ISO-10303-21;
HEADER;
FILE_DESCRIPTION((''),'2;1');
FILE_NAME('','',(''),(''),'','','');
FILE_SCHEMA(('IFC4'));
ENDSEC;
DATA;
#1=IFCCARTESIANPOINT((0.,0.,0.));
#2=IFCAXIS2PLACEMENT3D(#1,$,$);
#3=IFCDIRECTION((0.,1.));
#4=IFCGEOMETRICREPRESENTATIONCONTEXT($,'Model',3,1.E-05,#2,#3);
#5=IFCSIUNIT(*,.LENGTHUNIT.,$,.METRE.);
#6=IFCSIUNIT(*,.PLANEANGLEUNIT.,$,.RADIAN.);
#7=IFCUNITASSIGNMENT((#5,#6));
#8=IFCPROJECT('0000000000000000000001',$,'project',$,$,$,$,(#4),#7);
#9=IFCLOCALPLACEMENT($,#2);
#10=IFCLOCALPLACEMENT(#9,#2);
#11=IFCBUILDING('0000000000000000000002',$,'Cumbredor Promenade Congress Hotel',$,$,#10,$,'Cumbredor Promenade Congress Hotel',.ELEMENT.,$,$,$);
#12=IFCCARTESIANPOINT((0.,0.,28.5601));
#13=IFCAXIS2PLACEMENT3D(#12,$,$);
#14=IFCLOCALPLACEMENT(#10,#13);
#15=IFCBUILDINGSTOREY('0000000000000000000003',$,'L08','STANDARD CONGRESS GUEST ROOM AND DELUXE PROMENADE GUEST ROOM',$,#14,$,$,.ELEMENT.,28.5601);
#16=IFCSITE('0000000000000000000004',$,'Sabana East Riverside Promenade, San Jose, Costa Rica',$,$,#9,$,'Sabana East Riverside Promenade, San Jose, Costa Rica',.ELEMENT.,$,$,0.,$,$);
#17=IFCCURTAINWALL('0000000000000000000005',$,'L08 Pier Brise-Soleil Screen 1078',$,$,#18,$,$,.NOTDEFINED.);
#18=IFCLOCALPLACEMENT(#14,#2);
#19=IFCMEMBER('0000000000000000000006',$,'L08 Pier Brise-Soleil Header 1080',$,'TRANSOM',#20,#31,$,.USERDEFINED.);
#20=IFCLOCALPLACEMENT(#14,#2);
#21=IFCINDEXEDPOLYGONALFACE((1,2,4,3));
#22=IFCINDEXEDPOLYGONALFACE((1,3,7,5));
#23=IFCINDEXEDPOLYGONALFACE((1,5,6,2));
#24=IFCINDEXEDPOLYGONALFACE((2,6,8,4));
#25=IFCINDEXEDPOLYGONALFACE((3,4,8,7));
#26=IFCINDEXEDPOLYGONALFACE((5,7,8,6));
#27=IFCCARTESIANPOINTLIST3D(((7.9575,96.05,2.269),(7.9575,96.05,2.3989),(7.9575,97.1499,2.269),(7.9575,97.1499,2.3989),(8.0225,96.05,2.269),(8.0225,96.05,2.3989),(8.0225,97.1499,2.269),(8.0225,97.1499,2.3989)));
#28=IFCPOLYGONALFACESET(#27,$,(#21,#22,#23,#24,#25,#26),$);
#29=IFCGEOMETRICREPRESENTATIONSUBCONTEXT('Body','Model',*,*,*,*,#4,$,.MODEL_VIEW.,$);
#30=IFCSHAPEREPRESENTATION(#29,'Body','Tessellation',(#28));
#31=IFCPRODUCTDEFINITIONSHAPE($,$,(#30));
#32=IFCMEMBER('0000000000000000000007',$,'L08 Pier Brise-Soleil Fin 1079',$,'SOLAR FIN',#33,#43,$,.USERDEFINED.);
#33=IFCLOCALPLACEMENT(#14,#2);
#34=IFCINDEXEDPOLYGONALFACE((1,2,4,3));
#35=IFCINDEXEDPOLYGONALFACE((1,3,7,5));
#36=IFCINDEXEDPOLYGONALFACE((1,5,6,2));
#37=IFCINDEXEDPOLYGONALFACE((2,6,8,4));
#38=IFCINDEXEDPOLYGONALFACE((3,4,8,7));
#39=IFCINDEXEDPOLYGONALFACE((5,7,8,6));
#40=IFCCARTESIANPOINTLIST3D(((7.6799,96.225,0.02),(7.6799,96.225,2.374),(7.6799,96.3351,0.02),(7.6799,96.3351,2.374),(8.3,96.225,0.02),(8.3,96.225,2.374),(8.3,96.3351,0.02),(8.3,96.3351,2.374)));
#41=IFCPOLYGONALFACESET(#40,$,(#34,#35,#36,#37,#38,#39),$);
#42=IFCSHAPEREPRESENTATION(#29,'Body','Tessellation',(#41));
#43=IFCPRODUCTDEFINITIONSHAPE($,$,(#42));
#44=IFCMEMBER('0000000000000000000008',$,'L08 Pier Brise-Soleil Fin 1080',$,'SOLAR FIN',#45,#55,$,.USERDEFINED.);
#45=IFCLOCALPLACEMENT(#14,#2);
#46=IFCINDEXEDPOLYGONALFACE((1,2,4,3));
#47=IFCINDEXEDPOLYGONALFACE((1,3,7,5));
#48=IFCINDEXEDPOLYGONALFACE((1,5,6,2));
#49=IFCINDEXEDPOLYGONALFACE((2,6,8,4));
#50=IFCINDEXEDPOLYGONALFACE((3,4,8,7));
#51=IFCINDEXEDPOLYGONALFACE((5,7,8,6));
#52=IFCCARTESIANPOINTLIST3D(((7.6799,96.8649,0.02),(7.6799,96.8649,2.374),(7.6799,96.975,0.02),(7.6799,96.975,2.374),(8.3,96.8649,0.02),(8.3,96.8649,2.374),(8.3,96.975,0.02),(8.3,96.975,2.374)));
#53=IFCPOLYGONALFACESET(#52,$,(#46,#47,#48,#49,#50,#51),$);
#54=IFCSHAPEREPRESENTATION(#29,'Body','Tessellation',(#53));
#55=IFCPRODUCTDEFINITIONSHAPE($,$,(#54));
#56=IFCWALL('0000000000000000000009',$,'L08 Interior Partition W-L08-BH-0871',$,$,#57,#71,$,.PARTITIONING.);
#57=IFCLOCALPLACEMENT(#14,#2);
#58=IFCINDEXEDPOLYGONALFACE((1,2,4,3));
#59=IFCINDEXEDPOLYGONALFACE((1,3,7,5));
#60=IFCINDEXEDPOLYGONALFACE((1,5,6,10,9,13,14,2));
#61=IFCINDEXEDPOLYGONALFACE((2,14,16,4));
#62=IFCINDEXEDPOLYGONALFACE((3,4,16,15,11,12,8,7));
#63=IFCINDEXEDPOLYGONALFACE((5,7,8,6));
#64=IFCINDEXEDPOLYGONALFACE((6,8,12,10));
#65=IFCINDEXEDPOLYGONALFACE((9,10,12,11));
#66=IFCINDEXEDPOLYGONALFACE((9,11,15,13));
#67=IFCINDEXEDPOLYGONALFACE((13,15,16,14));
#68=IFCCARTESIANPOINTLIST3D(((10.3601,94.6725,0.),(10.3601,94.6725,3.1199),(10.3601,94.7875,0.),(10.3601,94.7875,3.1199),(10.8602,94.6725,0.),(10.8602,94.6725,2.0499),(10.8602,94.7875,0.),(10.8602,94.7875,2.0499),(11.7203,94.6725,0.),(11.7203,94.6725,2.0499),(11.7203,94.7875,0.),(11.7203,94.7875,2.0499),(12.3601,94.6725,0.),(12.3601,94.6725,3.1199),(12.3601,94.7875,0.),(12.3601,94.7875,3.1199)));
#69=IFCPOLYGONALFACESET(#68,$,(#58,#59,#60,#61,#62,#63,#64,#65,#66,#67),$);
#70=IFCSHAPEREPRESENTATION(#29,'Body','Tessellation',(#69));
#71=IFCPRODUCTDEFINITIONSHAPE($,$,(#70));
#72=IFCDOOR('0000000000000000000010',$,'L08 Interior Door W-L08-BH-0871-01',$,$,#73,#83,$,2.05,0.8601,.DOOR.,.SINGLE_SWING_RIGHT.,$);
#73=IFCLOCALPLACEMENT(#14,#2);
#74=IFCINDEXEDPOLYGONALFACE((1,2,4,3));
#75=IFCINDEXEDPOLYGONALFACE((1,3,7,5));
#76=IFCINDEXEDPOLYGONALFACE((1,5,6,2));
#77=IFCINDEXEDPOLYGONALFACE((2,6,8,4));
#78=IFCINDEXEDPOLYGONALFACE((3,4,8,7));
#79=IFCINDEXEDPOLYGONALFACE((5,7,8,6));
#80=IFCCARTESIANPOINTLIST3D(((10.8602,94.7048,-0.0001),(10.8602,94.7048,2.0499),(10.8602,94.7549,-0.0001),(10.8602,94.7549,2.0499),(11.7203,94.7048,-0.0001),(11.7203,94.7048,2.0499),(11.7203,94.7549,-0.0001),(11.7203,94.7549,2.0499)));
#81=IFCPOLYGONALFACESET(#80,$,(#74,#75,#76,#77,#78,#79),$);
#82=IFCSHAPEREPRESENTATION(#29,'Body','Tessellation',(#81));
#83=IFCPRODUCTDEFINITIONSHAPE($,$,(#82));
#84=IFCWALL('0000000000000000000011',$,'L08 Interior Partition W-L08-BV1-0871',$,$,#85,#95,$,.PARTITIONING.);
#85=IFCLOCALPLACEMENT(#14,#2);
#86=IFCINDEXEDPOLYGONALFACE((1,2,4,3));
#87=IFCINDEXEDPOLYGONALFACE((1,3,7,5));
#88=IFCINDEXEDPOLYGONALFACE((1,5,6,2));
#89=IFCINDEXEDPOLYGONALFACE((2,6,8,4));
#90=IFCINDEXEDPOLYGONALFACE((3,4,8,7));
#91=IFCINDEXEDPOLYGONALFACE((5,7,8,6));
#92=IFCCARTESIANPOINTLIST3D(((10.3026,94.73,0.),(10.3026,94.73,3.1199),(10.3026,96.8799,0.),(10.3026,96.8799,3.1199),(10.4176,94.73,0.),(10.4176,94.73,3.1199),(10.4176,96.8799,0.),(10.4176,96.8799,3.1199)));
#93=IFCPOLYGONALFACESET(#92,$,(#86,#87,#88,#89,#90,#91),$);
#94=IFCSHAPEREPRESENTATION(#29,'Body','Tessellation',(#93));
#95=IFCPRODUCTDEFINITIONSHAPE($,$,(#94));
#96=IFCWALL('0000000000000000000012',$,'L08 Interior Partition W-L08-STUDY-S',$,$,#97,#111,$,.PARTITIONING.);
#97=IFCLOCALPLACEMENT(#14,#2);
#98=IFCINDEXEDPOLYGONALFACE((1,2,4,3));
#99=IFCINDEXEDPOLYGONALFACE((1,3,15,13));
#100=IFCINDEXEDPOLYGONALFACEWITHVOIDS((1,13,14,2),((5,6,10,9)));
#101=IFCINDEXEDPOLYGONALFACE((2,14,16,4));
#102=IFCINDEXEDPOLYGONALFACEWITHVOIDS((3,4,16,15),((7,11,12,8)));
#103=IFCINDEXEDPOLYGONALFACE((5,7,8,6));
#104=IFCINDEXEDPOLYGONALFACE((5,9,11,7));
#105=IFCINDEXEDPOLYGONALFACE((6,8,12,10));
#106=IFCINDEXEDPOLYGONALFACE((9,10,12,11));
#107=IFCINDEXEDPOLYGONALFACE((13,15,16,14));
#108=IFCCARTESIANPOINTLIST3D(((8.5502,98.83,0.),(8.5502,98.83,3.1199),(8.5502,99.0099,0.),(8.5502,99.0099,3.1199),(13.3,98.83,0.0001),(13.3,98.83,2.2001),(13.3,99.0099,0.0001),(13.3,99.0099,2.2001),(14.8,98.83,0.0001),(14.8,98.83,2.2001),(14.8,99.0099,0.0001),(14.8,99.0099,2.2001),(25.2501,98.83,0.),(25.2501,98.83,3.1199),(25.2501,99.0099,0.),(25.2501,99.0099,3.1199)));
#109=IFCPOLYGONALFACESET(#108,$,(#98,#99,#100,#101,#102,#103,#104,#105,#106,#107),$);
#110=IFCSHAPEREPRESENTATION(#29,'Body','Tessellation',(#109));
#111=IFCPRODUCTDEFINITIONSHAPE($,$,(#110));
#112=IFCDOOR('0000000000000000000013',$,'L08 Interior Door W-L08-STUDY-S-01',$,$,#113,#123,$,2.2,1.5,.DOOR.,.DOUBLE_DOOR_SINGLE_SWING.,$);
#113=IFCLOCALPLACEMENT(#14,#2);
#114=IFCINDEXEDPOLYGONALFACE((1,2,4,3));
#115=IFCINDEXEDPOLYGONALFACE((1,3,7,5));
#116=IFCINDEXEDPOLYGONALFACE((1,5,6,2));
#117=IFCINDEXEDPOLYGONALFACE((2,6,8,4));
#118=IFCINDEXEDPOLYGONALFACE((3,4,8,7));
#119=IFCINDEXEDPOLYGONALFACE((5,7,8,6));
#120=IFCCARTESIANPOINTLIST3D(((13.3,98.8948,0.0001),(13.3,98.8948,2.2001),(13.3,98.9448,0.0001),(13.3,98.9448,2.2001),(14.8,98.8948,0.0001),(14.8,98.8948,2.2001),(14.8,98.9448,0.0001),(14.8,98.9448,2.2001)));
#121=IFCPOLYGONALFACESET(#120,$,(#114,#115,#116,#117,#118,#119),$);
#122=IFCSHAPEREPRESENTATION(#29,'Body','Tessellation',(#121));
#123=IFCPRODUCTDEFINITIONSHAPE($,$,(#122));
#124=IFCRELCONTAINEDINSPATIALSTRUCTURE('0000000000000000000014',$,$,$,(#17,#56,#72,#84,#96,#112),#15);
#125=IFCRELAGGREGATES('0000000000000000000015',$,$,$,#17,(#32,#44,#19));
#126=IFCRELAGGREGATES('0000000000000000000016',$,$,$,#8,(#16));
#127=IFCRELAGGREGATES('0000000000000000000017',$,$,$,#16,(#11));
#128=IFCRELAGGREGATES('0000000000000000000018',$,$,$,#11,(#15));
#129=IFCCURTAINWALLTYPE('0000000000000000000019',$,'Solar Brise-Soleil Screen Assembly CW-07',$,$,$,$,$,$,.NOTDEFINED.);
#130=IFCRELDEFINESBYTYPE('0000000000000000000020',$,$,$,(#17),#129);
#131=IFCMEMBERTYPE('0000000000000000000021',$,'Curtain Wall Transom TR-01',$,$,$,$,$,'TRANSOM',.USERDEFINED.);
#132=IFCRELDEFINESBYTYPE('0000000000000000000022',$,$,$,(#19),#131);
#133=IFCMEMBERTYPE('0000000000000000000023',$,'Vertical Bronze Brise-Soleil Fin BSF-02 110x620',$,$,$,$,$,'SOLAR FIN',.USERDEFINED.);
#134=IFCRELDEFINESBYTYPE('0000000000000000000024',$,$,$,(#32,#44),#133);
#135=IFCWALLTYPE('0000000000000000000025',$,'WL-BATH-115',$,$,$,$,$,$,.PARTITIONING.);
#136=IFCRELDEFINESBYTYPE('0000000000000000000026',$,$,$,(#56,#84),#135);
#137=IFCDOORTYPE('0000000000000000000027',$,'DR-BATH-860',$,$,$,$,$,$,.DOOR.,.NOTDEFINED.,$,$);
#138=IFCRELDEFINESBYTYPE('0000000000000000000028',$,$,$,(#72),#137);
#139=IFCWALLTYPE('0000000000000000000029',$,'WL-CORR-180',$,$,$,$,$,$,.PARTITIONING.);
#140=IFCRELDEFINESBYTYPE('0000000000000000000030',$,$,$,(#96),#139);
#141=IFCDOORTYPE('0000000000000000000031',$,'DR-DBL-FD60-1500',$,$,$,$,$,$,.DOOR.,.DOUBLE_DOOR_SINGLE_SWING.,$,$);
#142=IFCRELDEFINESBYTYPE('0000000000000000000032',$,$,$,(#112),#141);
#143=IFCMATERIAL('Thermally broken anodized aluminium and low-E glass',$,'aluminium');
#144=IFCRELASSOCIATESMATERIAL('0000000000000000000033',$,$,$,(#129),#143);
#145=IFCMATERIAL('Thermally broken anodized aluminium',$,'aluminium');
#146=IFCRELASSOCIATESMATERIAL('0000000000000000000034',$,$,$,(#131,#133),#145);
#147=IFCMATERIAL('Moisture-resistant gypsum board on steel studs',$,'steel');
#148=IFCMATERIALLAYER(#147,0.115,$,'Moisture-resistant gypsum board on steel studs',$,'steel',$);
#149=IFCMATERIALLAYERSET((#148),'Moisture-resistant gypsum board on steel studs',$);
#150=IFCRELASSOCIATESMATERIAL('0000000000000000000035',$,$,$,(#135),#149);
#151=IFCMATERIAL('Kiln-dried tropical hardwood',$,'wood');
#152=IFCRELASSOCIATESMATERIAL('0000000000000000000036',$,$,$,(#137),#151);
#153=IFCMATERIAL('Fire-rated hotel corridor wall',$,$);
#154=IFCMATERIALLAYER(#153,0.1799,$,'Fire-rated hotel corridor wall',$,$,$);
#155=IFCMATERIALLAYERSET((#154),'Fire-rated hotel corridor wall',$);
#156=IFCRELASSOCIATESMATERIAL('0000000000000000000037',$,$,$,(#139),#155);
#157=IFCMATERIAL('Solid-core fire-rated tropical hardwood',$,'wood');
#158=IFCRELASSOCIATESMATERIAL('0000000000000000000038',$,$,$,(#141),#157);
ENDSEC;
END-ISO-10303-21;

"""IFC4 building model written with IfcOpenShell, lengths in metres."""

from ifc_helpers import new_model, si_unit, direction, frame, frame_2d, origin, origin_2d, place, context, subcontext, project, spatial, rectangle, extrude, material, layer, layer_set, material_profile, profile_set, type_object, element, fill, aggregate, save


model = new_model("IFC4")

# Units and contexts
model_context = context("Model", 3, precision=1e-05, world=origin(), true_north=direction((0.0, 1.0)))
body_context = subcontext(model_context, "Body", "Model", "MODEL_VIEW")
ifc_project = project(units=[si_unit("LENGTHUNIT", "METRE"), si_unit("PLANEANGLEUNIT", "RADIAN")], contexts=[model_context])

# Site, building, storey
site_placement = place(None, origin())
site = spatial("IfcSite", under=ifc_project, at=site_placement, Name="Sabana East Riverside Promenade, San Jose, Costa Rica", LongName="Sabana East Riverside Promenade, San Jose, Costa Rica", CompositionType="ELEMENT", RefElevation=0.0)
building_placement = place(site_placement, origin())
building = spatial("IfcBuilding", under=site, at=building_placement, Name="Cumbredor Promenade Congress Hotel", LongName="Cumbredor Promenade Congress Hotel", CompositionType="ELEMENT")
storey_placement = place(building_placement, frame((0.0, 0.0, 28.5601)))
storey = spatial("IfcBuildingStorey", under=building, at=storey_placement, Name="L08", Description="STANDARD CONGRESS GUEST ROOM AND DELUXE PROMENADE GUEST ROOM", CompositionType="ELEMENT", Elevation=28.5601)

# Curtain wall, members
ifc_material_1 = material(Name="Thermally broken anodized aluminium and low-E glass", Category="aluminium")
curtain_wall_type = type_object("IfcCurtainWallType", Name="Solar Brise-Soleil Screen Assembly CW-07", PredefinedType="NOTDEFINED", material=ifc_material_1)
curtain_wall_placement = place(storey_placement, origin())
curtain_wall = element("IfcCurtainWall", 1, at=curtain_wall_placement, inside=storey, type_object=curtain_wall_type, Name="L08 Pier Brise-Soleil Screen 1078", PredefinedType="NOTDEFINED")
ifc_material_2 = material(Name="Thermally broken anodized aluminium", Category="aluminium")
ifc_material_profile_1 = material_profile(ifc_material_2, rectangle(XDim=0.0649, YDim=0.1299, at=origin_2d()), Name="ALU TRANSOM 65x130")
ifc_profile_set_1 = profile_set([ifc_material_profile_1], Name="Thermally broken anodized aluminium")
member_type_1 = type_object("IfcMemberType", Name="Curtain Wall Transom TR-01", ElementType="TRANSOM", PredefinedType="USERDEFINED", material=ifc_profile_set_1)
member_1_placement = place(storey_placement, frame((7.99, 96.05, 2.334), z_axis=(0.0, 1.0, 0.0), x_axis=(-1.0, 0.0, 0.0)))
member_1 = element("IfcMember", 2, at=member_1_placement, type_object=member_type_1, Name="L08 Pier Brise-Soleil Header 1080", ObjectType="TRANSOM", PredefinedType="USERDEFINED", context=body_context, shape_type="SweptSolid", body=[
    extrude(rectangle(XDim=0.0649, YDim=0.1299, at=origin_2d()), origin(), (0.0, 0.0, 1.0), 1.0999),
])
ifc_material_profile_2 = material_profile(ifc_material_2, rectangle(XDim=0.1101, YDim=0.6201, at=origin_2d()), Name="ARCH FIN 110x620")
ifc_profile_set_2 = profile_set([ifc_material_profile_2], Name="Thermally broken anodized aluminium")
member_type_2 = type_object("IfcMemberType", Name="Vertical Bronze Brise-Soleil Fin BSF-02 110x620", ElementType="SOLAR FIN", PredefinedType="USERDEFINED", material=ifc_profile_set_2)
member_2_placement = place(storey_placement, frame((7.99, 96.28, 0.02), z_axis=(0.0, 0.0, 1.0), x_axis=(0.0, 1.0, 0.0)))
member_2 = element("IfcMember", 3, at=member_2_placement, type_object=member_type_2, Name="L08 Pier Brise-Soleil Fin 1079", ObjectType="SOLAR FIN", PredefinedType="USERDEFINED", context=body_context, shape_type="SweptSolid", body=[
    extrude(rectangle(XDim=0.1101, YDim=0.6201, at=origin_2d()), origin(), (0.0, 0.0, 1.0), 2.354),
])
member_3_placement = place(storey_placement, frame((7.99, 96.9199, 0.02), z_axis=(0.0, 0.0, 1.0), x_axis=(0.0, 1.0, 0.0)))
member_3 = element("IfcMember", 4, at=member_3_placement, type_object=member_type_2, Name="L08 Pier Brise-Soleil Fin 1080", ObjectType="SOLAR FIN", PredefinedType="USERDEFINED", context=body_context, shape_type="SweptSolid", body=[
    extrude(rectangle(XDim=0.1101, YDim=0.6201, at=origin_2d()), origin(), (0.0, 0.0, 1.0), 2.354),
])
aggregate(curtain_wall, [member_2, member_3, member_1])

# Wall, opening, door
ifc_material_3 = material(Name="Moisture-resistant gypsum board on steel studs", Category="steel")
ifc_layer_1 = layer(ifc_material_3, 0.115, Name="Moisture-resistant gypsum board on steel studs", Category="steel")
ifc_layer_set_1 = layer_set([ifc_layer_1], Name="Moisture-resistant gypsum board on steel studs")
wall_type_1 = type_object("IfcWallType", Name="WL-BATH-115", PredefinedType="PARTITIONING", material=ifc_layer_set_1)
wall_1_placement = place(storey_placement, frame((10.3601, 94.73, 0.0), z_axis=(0.0, 0.0, 1.0), x_axis=(1.0, 0.0, 0.0)))
wall_1 = element("IfcWall", 5, at=wall_1_placement, inside=storey, type_object=wall_type_1, Name="L08 Interior Partition W-L08-BH-0871", PredefinedType="PARTITIONING", context=body_context, shape_type="SweptSolid", body=[
    extrude(rectangle(XDim=2.0, YDim=0.115, at=frame_2d((1.0, 0.0))), origin(), (0.0, 0.0, 1.0), 3.1199),
])
opening_1_placement = place(wall_1_placement, frame((0.5, 0.0, 0.0)))
opening_1 = element("IfcOpeningElement", 6, at=opening_1_placement, cuts=wall_1, PredefinedType="OPENING", context=body_context, shape_type="SweptSolid", body=[
    extrude(rectangle(XDim=0.8601, YDim=2.05, at=frame_2d((0.4302, 1.0249))), frame((0.0, 0.0674, 0.0), z_axis=(0.0, -1.0, 0.0), x_axis=(1.0, 0.0, 0.0)), (0.0, 0.0, 1.0), 0.135),
])
ifc_material_4 = material(Name="Kiln-dried tropical hardwood", Category="wood")
door_type_1 = type_object("IfcDoorType", Name="DR-BATH-860", OperationType="NOTDEFINED", PredefinedType="DOOR", material=ifc_material_4)
door_1_placement = place(opening_1_placement, origin())
door_1 = element("IfcDoor", 7, at=door_1_placement, inside=storey, type_object=door_type_1, Name="L08 Interior Door W-L08-BH-0871-01", OperationType="SINGLE_SWING_RIGHT", OverallHeight=2.05, OverallWidth=0.8601, PredefinedType="DOOR", context=body_context, shape_type="SweptSolid", body=[
    extrude(rectangle(XDim=0.8601, YDim=2.05, at=frame_2d((0.4302, 1.0249))), frame((0.0, 0.0249, 0.0), z_axis=(0.0, -1.0, 0.0), x_axis=(1.0, 0.0, 0.0)), (0.0, 0.0, 1.0), 0.05),
])
fill(opening_1, door_1)

# Wall
wall_2_placement = place(storey_placement, frame((10.3601, 94.73, 0.0), z_axis=(0.0, 0.0, 1.0), x_axis=(0.0, 1.0, 0.0)))
element("IfcWall", 8, at=wall_2_placement, inside=storey, type_object=wall_type_1, Name="L08 Interior Partition W-L08-BV1-0871", PredefinedType="PARTITIONING", context=body_context, shape_type="SweptSolid", body=[
    extrude(rectangle(XDim=2.1499, YDim=0.115, at=frame_2d((1.075, 0.0))), origin(), (0.0, 0.0, 1.0), 3.1199),
])

# Shared definitions
ifc_material_5 = material(Name="Fire-rated hotel corridor wall")
ifc_layer_2 = layer(ifc_material_5, 0.1799, Name="Fire-rated hotel corridor wall")
ifc_layer_set_2 = layer_set([ifc_layer_2], Name="Fire-rated hotel corridor wall")
wall_type_2 = type_object("IfcWallType", Name="WL-CORR-180", PredefinedType="PARTITIONING", material=ifc_layer_set_2)
ifc_material_6 = material(Name="Solid-core fire-rated tropical hardwood", Category="wood")

# Wall, opening, door
wall_3_placement = place(storey_placement, frame((8.55, 98.9199, 0.0), z_axis=(0.0, 0.0, 1.0), x_axis=(1.0, 0.0, 0.0)))
wall_3 = element("IfcWall", 9, at=wall_3_placement, inside=storey, type_object=wall_type_2, Name="L08 Interior Partition W-L08-STUDY-S", PredefinedType="PARTITIONING", context=body_context, shape_type="SweptSolid", body=[
    extrude(rectangle(XDim=16.7, YDim=0.1799, at=frame_2d((8.3501, 0.0))), origin(), (0.0, 0.0, 1.0), 3.1199),
])
opening_2_placement = place(wall_3_placement, frame((4.75, 0.0, 0.0)))
opening_2 = element("IfcOpeningElement", 10, at=opening_2_placement, cuts=wall_3, PredefinedType="OPENING", context=body_context, shape_type="SweptSolid", body=[
    extrude(rectangle(XDim=1.5, YDim=2.2, at=frame_2d((0.75, 1.1001))), frame((0.0, 0.1001, 0.0), z_axis=(0.0, -1.0, 0.0), x_axis=(1.0, 0.0, 0.0)), (0.0, 0.0, 1.0), 0.2),
])
door_type_2 = type_object("IfcDoorType", Name="DR-DBL-FD60-1500", OperationType="DOUBLE_DOOR_SINGLE_SWING", PredefinedType="DOOR", material=ifc_material_6)
door_2_placement = place(opening_2_placement, origin())
door_2 = element("IfcDoor", 11, at=door_2_placement, inside=storey, type_object=door_type_2, Name="L08 Interior Door W-L08-STUDY-S-01", OperationType="DOUBLE_DOOR_SINGLE_SWING", OverallHeight=2.2, OverallWidth=1.5, PredefinedType="DOOR", context=body_context, shape_type="SweptSolid", body=[
    extrude(rectangle(XDim=1.5, YDim=2.2, at=frame_2d((0.75, 1.1001))), frame((0.0, 0.0249, 0.0), z_axis=(0.0, -1.0, 0.0), x_axis=(1.0, 0.0, 0.0)), (0.0, 0.0, 1.0), 0.05),
])
fill(opening_2, door_2)

save(model, "model.ifc")
